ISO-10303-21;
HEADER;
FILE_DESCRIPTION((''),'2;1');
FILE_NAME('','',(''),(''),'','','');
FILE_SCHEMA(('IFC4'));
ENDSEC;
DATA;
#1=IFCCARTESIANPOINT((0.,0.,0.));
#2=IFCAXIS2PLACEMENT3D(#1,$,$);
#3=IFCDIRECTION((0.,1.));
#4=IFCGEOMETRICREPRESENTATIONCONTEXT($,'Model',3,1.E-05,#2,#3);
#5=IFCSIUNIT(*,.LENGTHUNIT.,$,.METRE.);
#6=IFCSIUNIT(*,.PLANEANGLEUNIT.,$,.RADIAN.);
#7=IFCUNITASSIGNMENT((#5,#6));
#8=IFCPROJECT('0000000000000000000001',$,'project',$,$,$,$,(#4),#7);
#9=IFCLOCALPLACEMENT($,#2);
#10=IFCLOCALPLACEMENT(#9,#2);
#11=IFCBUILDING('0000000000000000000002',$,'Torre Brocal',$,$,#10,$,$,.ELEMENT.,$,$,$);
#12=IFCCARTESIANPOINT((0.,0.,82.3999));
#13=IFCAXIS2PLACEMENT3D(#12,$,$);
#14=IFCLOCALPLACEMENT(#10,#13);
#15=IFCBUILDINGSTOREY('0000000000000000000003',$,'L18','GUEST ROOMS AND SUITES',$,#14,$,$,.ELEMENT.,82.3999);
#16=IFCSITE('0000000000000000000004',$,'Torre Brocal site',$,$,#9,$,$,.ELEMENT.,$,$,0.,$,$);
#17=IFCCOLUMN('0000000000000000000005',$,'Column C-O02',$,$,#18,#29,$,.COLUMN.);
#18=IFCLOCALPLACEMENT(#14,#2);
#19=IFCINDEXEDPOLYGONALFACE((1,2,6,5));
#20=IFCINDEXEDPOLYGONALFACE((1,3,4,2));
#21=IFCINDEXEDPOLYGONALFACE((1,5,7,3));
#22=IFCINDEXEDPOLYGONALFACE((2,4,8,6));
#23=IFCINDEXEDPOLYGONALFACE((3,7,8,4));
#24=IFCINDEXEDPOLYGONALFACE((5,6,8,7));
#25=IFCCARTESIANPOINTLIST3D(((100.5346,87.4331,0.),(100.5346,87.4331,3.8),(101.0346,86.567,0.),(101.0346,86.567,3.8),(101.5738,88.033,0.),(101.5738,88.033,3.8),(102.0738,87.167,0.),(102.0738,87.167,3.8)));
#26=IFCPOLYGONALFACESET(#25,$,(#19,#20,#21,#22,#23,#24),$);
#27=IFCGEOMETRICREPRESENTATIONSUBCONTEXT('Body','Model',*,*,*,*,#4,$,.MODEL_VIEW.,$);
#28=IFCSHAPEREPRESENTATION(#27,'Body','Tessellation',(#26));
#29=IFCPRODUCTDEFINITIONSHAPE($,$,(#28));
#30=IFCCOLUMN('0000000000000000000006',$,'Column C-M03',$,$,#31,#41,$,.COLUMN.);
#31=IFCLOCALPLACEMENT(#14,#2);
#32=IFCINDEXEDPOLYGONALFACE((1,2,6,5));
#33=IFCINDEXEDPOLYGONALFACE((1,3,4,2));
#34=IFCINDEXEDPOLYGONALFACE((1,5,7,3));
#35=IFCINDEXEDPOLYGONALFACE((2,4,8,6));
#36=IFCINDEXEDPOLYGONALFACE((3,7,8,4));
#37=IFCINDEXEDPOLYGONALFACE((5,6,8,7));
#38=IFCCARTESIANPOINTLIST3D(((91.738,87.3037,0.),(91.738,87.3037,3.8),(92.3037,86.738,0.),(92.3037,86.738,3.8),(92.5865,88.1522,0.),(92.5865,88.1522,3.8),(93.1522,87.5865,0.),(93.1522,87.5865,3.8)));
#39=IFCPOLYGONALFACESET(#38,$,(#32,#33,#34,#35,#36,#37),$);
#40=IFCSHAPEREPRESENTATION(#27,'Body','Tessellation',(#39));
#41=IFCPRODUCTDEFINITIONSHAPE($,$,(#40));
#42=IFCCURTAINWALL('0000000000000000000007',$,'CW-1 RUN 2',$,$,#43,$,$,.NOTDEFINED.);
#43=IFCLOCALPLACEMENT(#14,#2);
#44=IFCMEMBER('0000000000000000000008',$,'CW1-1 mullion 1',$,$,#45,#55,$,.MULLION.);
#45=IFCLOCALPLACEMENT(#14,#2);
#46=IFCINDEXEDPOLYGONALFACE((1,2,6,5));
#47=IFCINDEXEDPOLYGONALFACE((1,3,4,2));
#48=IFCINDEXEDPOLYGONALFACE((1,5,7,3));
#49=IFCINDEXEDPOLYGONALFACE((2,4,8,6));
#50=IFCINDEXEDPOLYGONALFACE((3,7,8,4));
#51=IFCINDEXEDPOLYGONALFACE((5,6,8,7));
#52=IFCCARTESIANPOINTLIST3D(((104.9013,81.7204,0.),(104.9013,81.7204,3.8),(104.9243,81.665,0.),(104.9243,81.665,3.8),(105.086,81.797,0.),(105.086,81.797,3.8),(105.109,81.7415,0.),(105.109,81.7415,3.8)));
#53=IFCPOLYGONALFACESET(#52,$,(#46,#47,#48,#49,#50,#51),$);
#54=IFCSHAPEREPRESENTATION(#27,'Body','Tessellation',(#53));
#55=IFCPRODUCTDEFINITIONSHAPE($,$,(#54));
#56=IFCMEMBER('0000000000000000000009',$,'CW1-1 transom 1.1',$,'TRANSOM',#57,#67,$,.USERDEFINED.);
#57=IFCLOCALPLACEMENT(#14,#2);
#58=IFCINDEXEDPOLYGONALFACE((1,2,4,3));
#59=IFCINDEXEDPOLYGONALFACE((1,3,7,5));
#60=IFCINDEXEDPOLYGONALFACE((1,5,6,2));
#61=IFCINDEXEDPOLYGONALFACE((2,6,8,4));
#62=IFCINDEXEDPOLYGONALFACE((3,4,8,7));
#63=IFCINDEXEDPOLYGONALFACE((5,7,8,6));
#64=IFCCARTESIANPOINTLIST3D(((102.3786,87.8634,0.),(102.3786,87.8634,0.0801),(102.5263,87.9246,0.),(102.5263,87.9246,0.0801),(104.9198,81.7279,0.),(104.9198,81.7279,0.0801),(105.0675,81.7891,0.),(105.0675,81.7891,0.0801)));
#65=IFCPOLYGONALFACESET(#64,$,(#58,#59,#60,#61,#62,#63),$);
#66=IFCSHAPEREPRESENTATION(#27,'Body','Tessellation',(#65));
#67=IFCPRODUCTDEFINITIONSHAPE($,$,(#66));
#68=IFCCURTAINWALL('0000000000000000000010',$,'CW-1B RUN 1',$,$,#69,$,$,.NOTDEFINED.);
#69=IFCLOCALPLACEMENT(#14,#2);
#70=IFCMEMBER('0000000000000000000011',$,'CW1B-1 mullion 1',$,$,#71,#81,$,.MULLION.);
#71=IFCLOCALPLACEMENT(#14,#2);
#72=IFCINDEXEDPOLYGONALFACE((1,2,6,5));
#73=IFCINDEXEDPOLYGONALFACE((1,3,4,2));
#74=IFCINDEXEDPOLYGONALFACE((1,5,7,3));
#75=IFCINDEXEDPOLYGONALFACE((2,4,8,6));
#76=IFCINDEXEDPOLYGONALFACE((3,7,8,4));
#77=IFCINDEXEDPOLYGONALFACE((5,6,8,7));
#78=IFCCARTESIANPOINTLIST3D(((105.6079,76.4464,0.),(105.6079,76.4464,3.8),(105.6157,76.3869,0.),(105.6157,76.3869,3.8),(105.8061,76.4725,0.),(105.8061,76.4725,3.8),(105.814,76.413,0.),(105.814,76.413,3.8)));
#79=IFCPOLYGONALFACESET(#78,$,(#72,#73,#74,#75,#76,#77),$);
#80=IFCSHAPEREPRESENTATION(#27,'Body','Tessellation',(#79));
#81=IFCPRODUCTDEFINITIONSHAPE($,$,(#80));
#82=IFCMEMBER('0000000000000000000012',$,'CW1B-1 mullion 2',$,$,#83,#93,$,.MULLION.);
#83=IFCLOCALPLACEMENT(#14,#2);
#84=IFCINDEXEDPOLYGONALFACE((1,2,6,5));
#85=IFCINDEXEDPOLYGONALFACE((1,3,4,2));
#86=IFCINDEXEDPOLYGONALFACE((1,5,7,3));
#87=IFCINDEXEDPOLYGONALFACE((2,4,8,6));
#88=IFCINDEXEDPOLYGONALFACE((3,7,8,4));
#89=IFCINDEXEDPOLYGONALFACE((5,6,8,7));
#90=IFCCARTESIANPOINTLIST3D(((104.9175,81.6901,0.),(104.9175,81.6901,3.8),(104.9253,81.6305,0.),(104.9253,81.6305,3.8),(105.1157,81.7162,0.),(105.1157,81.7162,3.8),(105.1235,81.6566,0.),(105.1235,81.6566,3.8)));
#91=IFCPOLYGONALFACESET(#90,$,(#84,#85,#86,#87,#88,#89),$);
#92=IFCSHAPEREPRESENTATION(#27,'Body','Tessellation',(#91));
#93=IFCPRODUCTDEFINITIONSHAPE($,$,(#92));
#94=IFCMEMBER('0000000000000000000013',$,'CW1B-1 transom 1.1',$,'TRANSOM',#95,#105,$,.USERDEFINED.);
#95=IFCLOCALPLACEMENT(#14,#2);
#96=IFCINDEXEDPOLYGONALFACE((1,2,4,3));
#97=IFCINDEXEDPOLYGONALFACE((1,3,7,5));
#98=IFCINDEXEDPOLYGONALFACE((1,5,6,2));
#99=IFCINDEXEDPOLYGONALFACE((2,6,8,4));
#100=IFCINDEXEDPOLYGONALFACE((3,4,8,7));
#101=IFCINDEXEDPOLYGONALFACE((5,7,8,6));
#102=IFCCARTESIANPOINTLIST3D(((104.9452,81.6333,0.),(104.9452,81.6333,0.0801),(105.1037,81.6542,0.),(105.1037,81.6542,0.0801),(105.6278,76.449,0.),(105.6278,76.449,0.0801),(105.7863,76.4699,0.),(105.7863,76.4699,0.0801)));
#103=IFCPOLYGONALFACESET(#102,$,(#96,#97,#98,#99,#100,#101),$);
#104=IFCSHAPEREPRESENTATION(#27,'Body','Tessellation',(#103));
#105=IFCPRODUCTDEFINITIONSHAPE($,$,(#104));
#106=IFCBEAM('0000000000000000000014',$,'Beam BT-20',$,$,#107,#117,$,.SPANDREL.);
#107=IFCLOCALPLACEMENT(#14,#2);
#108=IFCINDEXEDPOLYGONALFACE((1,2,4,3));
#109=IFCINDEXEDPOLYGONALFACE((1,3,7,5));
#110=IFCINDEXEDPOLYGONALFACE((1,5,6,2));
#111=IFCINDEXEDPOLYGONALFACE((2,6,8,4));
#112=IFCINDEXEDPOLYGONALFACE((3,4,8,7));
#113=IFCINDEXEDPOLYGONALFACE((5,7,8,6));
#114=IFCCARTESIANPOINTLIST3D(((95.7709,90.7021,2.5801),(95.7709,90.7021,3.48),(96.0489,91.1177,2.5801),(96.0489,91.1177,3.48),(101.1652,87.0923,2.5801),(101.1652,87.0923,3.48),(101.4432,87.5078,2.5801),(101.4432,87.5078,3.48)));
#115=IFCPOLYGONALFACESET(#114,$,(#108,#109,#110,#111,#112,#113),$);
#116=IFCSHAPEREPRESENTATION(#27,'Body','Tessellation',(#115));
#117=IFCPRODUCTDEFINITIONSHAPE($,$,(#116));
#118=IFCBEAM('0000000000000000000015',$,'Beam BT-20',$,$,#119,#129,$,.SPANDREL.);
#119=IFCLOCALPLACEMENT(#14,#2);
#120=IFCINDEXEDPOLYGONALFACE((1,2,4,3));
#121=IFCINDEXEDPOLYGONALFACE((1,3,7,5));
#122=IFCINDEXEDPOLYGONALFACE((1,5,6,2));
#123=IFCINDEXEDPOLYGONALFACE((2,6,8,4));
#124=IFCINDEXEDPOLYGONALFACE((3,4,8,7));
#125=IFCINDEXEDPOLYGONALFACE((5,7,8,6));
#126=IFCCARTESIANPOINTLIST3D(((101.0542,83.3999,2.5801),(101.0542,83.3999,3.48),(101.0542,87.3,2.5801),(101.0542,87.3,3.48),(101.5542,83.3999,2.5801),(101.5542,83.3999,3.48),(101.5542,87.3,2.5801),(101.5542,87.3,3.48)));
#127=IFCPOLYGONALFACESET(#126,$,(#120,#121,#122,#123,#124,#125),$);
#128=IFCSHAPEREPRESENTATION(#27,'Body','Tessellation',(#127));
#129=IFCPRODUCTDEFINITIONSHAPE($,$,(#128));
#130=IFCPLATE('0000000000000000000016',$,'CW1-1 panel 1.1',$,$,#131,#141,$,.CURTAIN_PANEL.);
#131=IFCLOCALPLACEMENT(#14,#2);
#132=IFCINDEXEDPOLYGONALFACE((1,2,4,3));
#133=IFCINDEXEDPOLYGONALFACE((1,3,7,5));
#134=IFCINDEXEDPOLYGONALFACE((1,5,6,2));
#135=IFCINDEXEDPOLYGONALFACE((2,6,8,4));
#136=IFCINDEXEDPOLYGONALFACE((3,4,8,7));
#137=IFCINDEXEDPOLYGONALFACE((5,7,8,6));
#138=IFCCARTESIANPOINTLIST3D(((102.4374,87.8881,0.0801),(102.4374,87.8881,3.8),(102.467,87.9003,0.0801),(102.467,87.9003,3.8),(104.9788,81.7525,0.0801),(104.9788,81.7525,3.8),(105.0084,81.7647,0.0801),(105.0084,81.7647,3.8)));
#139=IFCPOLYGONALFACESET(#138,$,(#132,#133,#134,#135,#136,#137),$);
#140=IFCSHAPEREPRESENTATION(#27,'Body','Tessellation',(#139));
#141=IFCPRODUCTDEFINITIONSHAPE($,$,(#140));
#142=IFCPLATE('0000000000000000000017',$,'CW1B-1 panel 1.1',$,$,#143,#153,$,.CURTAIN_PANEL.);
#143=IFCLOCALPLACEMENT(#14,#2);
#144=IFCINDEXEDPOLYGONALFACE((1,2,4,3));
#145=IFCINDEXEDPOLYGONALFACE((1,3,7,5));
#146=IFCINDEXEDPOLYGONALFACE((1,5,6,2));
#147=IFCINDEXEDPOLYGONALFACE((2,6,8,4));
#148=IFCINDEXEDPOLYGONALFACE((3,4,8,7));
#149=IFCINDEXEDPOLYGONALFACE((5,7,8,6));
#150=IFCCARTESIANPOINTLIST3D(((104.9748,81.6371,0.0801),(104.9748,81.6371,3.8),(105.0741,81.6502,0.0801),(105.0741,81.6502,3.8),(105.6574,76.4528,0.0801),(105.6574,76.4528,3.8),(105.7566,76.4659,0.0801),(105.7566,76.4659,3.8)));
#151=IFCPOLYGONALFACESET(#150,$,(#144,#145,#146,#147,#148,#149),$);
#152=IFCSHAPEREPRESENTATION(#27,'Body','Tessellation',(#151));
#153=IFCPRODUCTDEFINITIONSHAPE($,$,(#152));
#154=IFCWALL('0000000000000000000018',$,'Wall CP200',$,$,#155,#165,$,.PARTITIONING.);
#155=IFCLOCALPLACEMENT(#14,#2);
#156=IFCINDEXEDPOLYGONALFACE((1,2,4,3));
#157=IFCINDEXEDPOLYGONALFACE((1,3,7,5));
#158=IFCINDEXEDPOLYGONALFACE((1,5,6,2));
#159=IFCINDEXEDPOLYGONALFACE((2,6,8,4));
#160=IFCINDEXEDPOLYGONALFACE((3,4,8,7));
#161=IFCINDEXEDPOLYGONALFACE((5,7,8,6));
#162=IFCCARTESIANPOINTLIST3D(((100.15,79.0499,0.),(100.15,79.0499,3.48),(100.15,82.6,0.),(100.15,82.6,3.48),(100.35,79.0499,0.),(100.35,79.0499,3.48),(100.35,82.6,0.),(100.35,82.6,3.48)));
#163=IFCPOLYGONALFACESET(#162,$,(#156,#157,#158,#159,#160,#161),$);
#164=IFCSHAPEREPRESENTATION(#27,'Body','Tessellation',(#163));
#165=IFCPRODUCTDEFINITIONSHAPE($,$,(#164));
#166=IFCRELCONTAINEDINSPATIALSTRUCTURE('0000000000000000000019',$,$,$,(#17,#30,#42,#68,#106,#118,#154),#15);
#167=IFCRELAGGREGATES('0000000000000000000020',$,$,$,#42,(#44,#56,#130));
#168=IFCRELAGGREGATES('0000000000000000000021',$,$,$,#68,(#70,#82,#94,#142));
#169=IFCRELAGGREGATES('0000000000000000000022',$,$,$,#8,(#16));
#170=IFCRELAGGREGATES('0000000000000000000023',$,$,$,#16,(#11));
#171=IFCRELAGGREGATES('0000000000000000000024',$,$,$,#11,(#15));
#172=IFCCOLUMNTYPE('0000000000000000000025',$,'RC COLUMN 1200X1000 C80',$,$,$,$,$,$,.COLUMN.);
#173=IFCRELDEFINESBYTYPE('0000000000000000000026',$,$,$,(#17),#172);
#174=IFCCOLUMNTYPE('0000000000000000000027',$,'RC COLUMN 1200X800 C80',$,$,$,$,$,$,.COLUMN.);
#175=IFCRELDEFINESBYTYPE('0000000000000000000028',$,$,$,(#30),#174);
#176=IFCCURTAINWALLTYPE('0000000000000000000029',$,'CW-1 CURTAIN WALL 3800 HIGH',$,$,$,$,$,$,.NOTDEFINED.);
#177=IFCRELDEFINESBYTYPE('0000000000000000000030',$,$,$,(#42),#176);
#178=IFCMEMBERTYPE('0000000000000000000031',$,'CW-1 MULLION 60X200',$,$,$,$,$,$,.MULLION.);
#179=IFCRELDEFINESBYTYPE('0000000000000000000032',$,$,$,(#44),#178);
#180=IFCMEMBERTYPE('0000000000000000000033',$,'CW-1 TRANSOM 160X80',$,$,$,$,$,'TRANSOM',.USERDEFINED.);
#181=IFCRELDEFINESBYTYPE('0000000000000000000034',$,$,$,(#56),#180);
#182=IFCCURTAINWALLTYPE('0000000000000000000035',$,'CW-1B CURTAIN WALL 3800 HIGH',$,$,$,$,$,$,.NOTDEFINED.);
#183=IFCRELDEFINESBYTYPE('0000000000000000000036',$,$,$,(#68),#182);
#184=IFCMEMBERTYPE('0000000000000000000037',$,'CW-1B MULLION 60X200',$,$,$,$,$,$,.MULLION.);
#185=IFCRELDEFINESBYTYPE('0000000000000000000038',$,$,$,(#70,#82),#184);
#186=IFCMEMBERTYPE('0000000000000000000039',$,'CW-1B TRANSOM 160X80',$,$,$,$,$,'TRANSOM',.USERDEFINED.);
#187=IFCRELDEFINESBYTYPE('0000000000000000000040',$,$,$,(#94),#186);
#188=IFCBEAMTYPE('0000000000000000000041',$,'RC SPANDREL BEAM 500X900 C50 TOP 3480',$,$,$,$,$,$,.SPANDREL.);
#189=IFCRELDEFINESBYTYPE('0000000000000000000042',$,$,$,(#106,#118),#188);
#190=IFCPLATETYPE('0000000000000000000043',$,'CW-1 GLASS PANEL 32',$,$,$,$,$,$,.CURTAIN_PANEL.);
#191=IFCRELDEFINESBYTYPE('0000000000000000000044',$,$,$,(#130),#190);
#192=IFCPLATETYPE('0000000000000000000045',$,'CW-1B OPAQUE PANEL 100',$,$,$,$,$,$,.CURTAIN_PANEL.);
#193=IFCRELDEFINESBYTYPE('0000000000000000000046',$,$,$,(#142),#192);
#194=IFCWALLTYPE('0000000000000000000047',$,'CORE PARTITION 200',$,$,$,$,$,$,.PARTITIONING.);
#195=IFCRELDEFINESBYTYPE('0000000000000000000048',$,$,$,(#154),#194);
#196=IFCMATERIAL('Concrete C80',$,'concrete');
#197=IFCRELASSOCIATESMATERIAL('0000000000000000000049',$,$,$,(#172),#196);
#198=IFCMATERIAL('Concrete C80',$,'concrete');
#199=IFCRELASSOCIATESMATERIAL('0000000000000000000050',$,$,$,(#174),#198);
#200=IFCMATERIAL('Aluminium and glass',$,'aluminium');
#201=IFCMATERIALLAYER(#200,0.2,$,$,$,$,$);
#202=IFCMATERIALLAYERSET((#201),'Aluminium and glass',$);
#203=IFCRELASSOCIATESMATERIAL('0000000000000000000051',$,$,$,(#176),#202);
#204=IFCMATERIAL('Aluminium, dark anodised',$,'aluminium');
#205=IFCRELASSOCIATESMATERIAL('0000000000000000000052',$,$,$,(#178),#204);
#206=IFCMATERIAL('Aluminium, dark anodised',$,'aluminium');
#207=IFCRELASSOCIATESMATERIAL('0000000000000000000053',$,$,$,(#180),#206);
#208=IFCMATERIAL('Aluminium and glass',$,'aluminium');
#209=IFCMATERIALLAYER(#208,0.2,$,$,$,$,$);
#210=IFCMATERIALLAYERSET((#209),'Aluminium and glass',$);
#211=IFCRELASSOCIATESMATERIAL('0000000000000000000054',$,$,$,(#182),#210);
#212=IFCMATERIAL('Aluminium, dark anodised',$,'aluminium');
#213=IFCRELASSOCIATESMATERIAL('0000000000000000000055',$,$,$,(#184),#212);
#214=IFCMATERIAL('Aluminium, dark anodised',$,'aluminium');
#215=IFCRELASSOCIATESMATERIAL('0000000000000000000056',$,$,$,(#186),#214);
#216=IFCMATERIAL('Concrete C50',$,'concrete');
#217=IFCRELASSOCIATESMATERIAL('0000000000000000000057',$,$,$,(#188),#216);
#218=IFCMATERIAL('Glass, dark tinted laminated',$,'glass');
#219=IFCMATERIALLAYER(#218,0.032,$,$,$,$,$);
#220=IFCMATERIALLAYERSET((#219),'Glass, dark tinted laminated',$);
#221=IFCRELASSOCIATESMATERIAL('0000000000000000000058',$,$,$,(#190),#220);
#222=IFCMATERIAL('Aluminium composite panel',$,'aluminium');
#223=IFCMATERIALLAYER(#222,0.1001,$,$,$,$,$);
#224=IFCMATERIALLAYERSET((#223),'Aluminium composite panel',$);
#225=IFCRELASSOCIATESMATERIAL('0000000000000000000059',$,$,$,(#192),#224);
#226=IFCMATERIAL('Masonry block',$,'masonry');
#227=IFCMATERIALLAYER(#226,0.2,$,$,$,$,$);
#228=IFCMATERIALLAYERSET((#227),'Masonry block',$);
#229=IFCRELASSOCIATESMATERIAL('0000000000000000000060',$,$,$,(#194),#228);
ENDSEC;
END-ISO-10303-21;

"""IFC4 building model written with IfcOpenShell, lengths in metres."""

from ifc_helpers import new_model, si_unit, direction, frame, frame_2d, origin, origin_2d, place, context, subcontext, project, spatial, rectangle, extrude, material, layer, layer_set, material_profile, profile_set, type_object, element, aggregate, save


model = new_model("IFC4")

# Units and contexts
model_context = context("Model", 3, precision=1e-05, world=origin(), true_north=direction((0.0, 1.0)))
body_context = subcontext(model_context, "Body", "Model", "MODEL_VIEW")
ifc_project = project(units=[si_unit("LENGTHUNIT", "METRE"), si_unit("PLANEANGLEUNIT", "RADIAN")], contexts=[model_context])

# Site, building, storey
site_placement = place(None, origin())
site = spatial("IfcSite", under=ifc_project, at=site_placement, Name="Torre Brocal site", CompositionType="ELEMENT", RefElevation=0.0)
building_placement = place(site_placement, origin())
building = spatial("IfcBuilding", under=site, at=building_placement, Name="Torre Brocal", CompositionType="ELEMENT")
storey_placement = place(building_placement, frame((0.0, 0.0, 82.3999)))
storey = spatial("IfcBuildingStorey", under=building, at=storey_placement, Name="L18", Description="GUEST ROOMS AND SUITES", CompositionType="ELEMENT", Elevation=82.3999)

# Columns
ifc_material_1 = material(Name="Concrete C80", Category="concrete")
ifc_material_profile_1 = material_profile(ifc_material_1, rectangle(XDim=1.2, YDim=1.0, at=origin_2d()), Name="RC 1200X1000")
ifc_profile_set_1 = profile_set([ifc_material_profile_1], Name="Concrete C80")
column_type_1 = type_object("IfcColumnType", Name="RC COLUMN 1200X1000 C80", PredefinedType="COLUMN", material=ifc_profile_set_1)
column_1_placement = place(storey_placement, frame((101.3042, 87.3, 0.0), z_axis=(0.0, 0.0, 1.0), x_axis=(0.866025, 0.5, 0.0)))
element("IfcColumn", 1, at=column_1_placement, inside=storey, type_object=column_type_1, Name="Column C-O02", PredefinedType="COLUMN", context=body_context, shape_type="SweptSolid", body=[
    extrude(rectangle(XDim=1.2, YDim=1.0, at=origin_2d()), origin(), (0.0, 0.0, 1.0), 3.8),
])
ifc_material_2 = material(Name="Concrete C80", Category="concrete")
ifc_material_profile_2 = material_profile(ifc_material_2, rectangle(XDim=1.2, YDim=0.8, at=origin_2d()), Name="RC 1200X800")
ifc_profile_set_2 = profile_set([ifc_material_profile_2], Name="Concrete C80")
column_type_2 = type_object("IfcColumnType", Name="RC COLUMN 1200X800 C80", PredefinedType="COLUMN", material=ifc_profile_set_2)
column_2_placement = place(storey_placement, frame((92.4451, 87.4451, 0.0), z_axis=(0.0, 0.0, 1.0), x_axis=(0.707107, 0.707107, 0.0)))
element("IfcColumn", 2, at=column_2_placement, inside=storey, type_object=column_type_2, Name="Column C-M03", PredefinedType="COLUMN", context=body_context, shape_type="SweptSolid", body=[
    extrude(rectangle(XDim=1.2, YDim=0.8, at=origin_2d()), origin(), (0.0, 0.0, 1.0), 3.8),
])

# Curtain walls, members
ifc_material_3 = material(Name="Aluminium and glass", Category="aluminium")
ifc_layer_1 = layer(ifc_material_3, 0.2)
ifc_layer_set_1 = layer_set([ifc_layer_1], Name="Aluminium and glass")
curtain_wall_type_1 = type_object("IfcCurtainWallType", Name="CW-1 CURTAIN WALL 3800 HIGH", PredefinedType="NOTDEFINED", material=ifc_layer_set_1)
curtain_wall_1_placement = place(storey_placement, origin())
curtain_wall_1 = element("IfcCurtainWall", 3, at=curtain_wall_1_placement, inside=storey, type_object=curtain_wall_type_1, Name="CW-1 RUN 2", PredefinedType="NOTDEFINED")
ifc_material_4 = material(Name="Aluminium, dark anodised", Category="aluminium")
ifc_material_profile_3 = material_profile(ifc_material_4, rectangle(XDim=0.2, YDim=0.0601, at=origin_2d()), Name="CW-1 MULLION 60X200")
ifc_profile_set_3 = profile_set([ifc_material_profile_3], Name="Aluminium, dark anodised")
member_type_1 = type_object("IfcMemberType", Name="CW-1 MULLION 60X200", PredefinedType="MULLION", material=ifc_profile_set_3)
member_1_placement = place(storey_placement, frame((105.0051, 81.731, 0.0), z_axis=(0.0, 0.0, 1.0), x_axis=(-0.92388, -0.382683, 0.0)))
member_1 = element("IfcMember", 4, at=member_1_placement, type_object=member_type_1, Name="CW1-1 mullion 1", PredefinedType="MULLION", context=body_context, shape_type="SweptSolid", body=[
    extrude(rectangle(XDim=0.2, YDim=0.0601, at=origin_2d()), origin(), (0.0, 0.0, 1.0), 3.8),
])
ifc_material_5 = material(Name="Aluminium, dark anodised", Category="aluminium")
ifc_material_profile_4 = material_profile(ifc_material_5, rectangle(XDim=0.1599, YDim=0.0801, at=origin_2d()), Name="CW-1 TRANSOM 160X80")
ifc_profile_set_4 = profile_set([ifc_material_profile_4], Name="Aluminium, dark anodised")
member_type_2 = type_object("IfcMemberType", Name="CW-1 TRANSOM 160X80", ElementType="TRANSOM", PredefinedType="USERDEFINED", material=ifc_profile_set_4)
member_2_placement = place(storey_placement, frame((104.9937, 81.7585, 0.04), z_axis=(-0.382665, 0.923887, 0.0), x_axis=(-0.923887, -0.382665, 0.0)))
member_2 = element("IfcMember", 5, at=member_2_placement, type_object=member_type_2, Name="CW1-1 transom 1.1", ObjectType="TRANSOM", PredefinedType="USERDEFINED", context=body_context, shape_type="SweptSolid", body=[
    extrude(rectangle(XDim=0.1599, YDim=0.0801, at=origin_2d()), origin(), (0.0, 0.0, 1.0), 6.6409),
])
ifc_material_6 = material(Name="Aluminium and glass", Category="aluminium")
ifc_layer_2 = layer(ifc_material_6, 0.2)
ifc_layer_set_2 = layer_set([ifc_layer_2], Name="Aluminium and glass")
curtain_wall_type_2 = type_object("IfcCurtainWallType", Name="CW-1B CURTAIN WALL 3800 HIGH", PredefinedType="NOTDEFINED", material=ifc_layer_set_2)
curtain_wall_2_placement = place(storey_placement, origin())
curtain_wall_2 = element("IfcCurtainWall", 6, at=curtain_wall_2_placement, inside=storey, type_object=curtain_wall_type_2, Name="CW-1B RUN 1", PredefinedType="NOTDEFINED")
ifc_material_7 = material(Name="Aluminium, dark anodised", Category="aluminium")
ifc_material_profile_5 = material_profile(ifc_material_7, rectangle(XDim=0.2, YDim=0.0601, at=origin_2d()), Name="CW-1B MULLION 60X200")
ifc_profile_set_5 = profile_set([ifc_material_profile_5], Name="Aluminium, dark anodised")
member_type_3 = type_object("IfcMemberType", Name="CW-1B MULLION 60X200", PredefinedType="MULLION", material=ifc_profile_set_5)
member_3_placement = place(storey_placement, frame((105.7109, 76.4297, 0.0), z_axis=(0.0, 0.0, 1.0), x_axis=(-0.991445, -0.130526, 0.0)))
member_3 = element("IfcMember", 7, at=member_3_placement, type_object=member_type_3, Name="CW1B-1 mullion 1", PredefinedType="MULLION", context=body_context, shape_type="SweptSolid", body=[
    extrude(rectangle(XDim=0.2, YDim=0.0601, at=origin_2d()), origin(), (0.0, 0.0, 1.0), 3.8),
])
member_4_placement = place(storey_placement, frame((105.0205, 81.6733, 0.0), z_axis=(0.0, 0.0, 1.0), x_axis=(-0.991445, -0.130526, 0.0)))
member_4 = element("IfcMember", 8, at=member_4_placement, type_object=member_type_3, Name="CW1B-1 mullion 2", PredefinedType="MULLION", context=body_context, shape_type="SweptSolid", body=[
    extrude(rectangle(XDim=0.2, YDim=0.0601, at=origin_2d()), origin(), (0.0, 0.0, 1.0), 3.8),
])
ifc_material_8 = material(Name="Aluminium, dark anodised", Category="aluminium")
ifc_material_profile_6 = material_profile(ifc_material_8, rectangle(XDim=0.1599, YDim=0.0801, at=origin_2d()), Name="CW-1B TRANSOM 160X80")
ifc_profile_set_6 = profile_set([ifc_material_profile_6], Name="Aluminium, dark anodised")
member_type_4 = type_object("IfcMemberType", Name="CW-1B TRANSOM 160X80", ElementType="TRANSOM", PredefinedType="USERDEFINED", material=ifc_profile_set_6)
member_5_placement = place(storey_placement, frame((105.707, 76.4595, 0.04), z_axis=(-0.130543, 0.991443, 0.0), x_axis=(-0.991443, -0.130543, 0.0)))
member_5 = element("IfcMember", 9, at=member_5_placement, type_object=member_type_4, Name="CW1B-1 transom 1.1", ObjectType="TRANSOM", PredefinedType="USERDEFINED", context=body_context, shape_type="SweptSolid", body=[
    extrude(rectangle(XDim=0.1599, YDim=0.0801, at=origin_2d()), origin(), (0.0, 0.0, 1.0), 5.229),
])

# Beams
ifc_material_9 = material(Name="Concrete C50", Category="concrete")
ifc_material_profile_7 = material_profile(ifc_material_9, rectangle(XDim=0.5, YDim=0.8999, at=origin_2d()), Name="RC 500X900")
ifc_profile_set_7 = profile_set([ifc_material_profile_7], Name="Concrete C50")
beam_type = type_object("IfcBeamType", Name="RC SPANDREL BEAM 500X900 C50 TOP 3480", PredefinedType="SPANDREL", material=ifc_profile_set_7)
beam_1_placement = place(storey_placement, frame((101.3042, 87.3, 3.03), z_axis=(-0.831077, 0.556158, 0.0), x_axis=(-0.556158, -0.831077, 0.0)))
element("IfcBeam", 10, at=beam_1_placement, inside=storey, type_object=beam_type, Name="Beam BT-20", PredefinedType="SPANDREL", context=body_context, shape_type="SweptSolid", body=[
    extrude(rectangle(XDim=0.5, YDim=0.8999, at=origin_2d()), origin(), (0.0, 0.0, 1.0), 6.4907),
])
beam_2_placement = place(storey_placement, frame((101.3042, 87.3, 3.03), z_axis=(0.0, -1.0, 0.0), x_axis=(1.0, 0.0, 0.0)))
element("IfcBeam", 11, at=beam_2_placement, inside=storey, type_object=beam_type, Name="Beam BT-20", PredefinedType="SPANDREL", context=body_context, shape_type="SweptSolid", body=[
    extrude(rectangle(XDim=0.5, YDim=0.8999, at=origin_2d()), origin(), (0.0, 0.0, 1.0), 3.9001),
])

# Plates
ifc_material_10 = material(Name="Glass, dark tinted laminated", Category="glass")
ifc_layer_3 = layer(ifc_material_10, 0.032)
ifc_layer_set_3 = layer_set([ifc_layer_3], Name="Glass, dark tinted laminated")
plate_type_1 = type_object("IfcPlateType", Name="CW-1 GLASS PANEL 32", PredefinedType="CURTAIN_PANEL", material=ifc_layer_set_3)
plate_1_placement = place(storey_placement, frame((103.7229, 84.8264, 0.0801), z_axis=(0.0, 0.0, 1.0), x_axis=(-0.382683, 0.92388, 0.0)))
plate_1 = element("IfcPlate", 12, at=plate_1_placement, type_object=plate_type_1, Name="CW1-1 panel 1.1", PredefinedType="CURTAIN_PANEL", context=body_context, shape_type="SweptSolid", body=[
    extrude(rectangle(XDim=6.6411, YDim=0.032, at=origin_2d()), origin(), (0.0, 0.0, 1.0), 3.72),
])
aggregate(curtain_wall_1, [member_1, member_2, plate_1])
ifc_material_11 = material(Name="Aluminium composite panel", Category="aluminium")
ifc_layer_4 = layer(ifc_material_11, 0.1001)
ifc_layer_set_4 = layer_set([ifc_layer_4], Name="Aluminium composite panel")
plate_type_2 = type_object("IfcPlateType", Name="CW-1B OPAQUE PANEL 100", PredefinedType="CURTAIN_PANEL", material=ifc_layer_set_4)
plate_2_placement = place(storey_placement, frame((105.3657, 79.0515, 0.0801), z_axis=(0.0, 0.0, 1.0), x_axis=(-0.130526, 0.991445, 0.0)))
plate_2 = element("IfcPlate", 13, at=plate_2_placement, type_object=plate_type_2, Name="CW1B-1 panel 1.1", PredefinedType="CURTAIN_PANEL", context=body_context, shape_type="SweptSolid", body=[
    extrude(rectangle(XDim=5.229, YDim=0.1001, at=origin_2d()), origin(), (0.0, 0.0, 1.0), 3.72),
])
aggregate(curtain_wall_2, [member_3, member_4, member_5, plate_2])

# Wall
ifc_material_12 = material(Name="Masonry block", Category="masonry")
ifc_layer_5 = layer(ifc_material_12, 0.2)
ifc_layer_set_5 = layer_set([ifc_layer_5], Name="Masonry block")
wall_type_1 = type_object("IfcWallType", Name="CORE PARTITION 200", PredefinedType="PARTITIONING", material=ifc_layer_set_5)
wall_1_placement = place(storey_placement, frame((100.25, 79.05, 0.0), z_axis=(0.0, 0.0, 1.0), x_axis=(0.0, 1.0, 0.0)))
element("IfcWall", 14, at=wall_1_placement, inside=storey, type_object=wall_type_1, Name="Wall CP200", PredefinedType="PARTITIONING", context=body_context, shape_type="SweptSolid", body=[
    extrude(rectangle(XDim=3.55, YDim=0.2, at=frame_2d((1.7749, 0.0))), origin(), (0.0, 0.0, 1.0), 3.48),
])

save(model, "model.ifc")
